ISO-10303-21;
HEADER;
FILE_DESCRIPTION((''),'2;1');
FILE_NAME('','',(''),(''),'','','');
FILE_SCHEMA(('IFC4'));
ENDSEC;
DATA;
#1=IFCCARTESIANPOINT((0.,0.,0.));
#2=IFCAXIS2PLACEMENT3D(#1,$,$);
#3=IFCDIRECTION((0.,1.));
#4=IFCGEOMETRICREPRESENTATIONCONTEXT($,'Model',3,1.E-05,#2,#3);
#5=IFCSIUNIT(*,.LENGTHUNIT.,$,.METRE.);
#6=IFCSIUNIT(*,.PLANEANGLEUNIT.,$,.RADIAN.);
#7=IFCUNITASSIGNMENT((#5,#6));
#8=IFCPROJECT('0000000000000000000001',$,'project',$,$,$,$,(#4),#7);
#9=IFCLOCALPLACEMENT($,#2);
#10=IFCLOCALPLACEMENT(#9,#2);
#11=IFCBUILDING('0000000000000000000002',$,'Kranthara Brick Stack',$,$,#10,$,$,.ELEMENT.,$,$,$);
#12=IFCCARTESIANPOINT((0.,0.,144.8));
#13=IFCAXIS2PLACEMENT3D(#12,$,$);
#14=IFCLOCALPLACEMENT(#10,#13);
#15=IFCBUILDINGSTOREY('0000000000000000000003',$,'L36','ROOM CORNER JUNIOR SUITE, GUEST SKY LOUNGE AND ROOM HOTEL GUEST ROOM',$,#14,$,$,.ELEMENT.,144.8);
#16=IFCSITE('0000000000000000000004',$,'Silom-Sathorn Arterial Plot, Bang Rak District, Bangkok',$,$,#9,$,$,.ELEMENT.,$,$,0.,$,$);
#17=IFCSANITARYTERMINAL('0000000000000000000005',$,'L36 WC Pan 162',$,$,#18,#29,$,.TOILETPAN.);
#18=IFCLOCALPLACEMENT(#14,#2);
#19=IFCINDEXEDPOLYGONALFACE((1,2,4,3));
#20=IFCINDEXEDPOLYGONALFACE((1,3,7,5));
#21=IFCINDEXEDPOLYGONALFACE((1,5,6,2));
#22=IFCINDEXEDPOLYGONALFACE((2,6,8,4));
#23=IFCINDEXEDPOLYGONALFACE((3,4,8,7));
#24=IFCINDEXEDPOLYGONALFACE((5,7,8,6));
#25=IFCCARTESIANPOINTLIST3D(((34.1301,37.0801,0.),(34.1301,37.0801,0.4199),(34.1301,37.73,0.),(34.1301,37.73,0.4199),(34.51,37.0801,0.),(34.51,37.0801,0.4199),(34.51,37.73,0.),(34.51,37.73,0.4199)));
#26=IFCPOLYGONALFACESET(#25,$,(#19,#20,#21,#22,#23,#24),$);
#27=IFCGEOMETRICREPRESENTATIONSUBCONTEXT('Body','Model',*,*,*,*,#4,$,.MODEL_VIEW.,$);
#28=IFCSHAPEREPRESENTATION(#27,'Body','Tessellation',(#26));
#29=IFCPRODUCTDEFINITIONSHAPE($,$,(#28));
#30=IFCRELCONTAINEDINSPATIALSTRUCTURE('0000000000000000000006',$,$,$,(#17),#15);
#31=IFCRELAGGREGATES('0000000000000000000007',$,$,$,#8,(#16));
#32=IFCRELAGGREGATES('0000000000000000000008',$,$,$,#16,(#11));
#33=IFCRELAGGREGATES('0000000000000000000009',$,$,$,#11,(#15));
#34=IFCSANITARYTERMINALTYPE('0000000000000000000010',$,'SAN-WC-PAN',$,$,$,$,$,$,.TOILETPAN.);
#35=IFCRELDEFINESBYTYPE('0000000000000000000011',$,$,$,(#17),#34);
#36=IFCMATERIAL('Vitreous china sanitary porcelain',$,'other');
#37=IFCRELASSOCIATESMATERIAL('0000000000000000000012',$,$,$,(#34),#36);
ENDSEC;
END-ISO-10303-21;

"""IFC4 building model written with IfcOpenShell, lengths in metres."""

from ifc_helpers import new_model, si_unit, direction, frame, origin, origin_2d, place, context, subcontext, project, spatial, rectangle, extrude, material, type_object, element, save


model = new_model("IFC4")

# Units and contexts
model_context = context("Model", 3, precision=1e-05, world=origin(), true_north=direction((0.0, 1.0)))
body_context = subcontext(model_context, "Body", "Model", "MODEL_VIEW")
ifc_project = project(units=[si_unit("LENGTHUNIT", "METRE"), si_unit("PLANEANGLEUNIT", "RADIAN")], contexts=[model_context])

# Site, building, storey
site_placement = place(None, origin())
site = spatial("IfcSite", under=ifc_project, at=site_placement, Name="Silom-Sathorn Arterial Plot, Bang Rak District, Bangkok", CompositionType="ELEMENT", RefElevation=0.0)
building_placement = place(site_placement, origin())
building = spatial("IfcBuilding", under=site, at=building_placement, Name="Kranthara Brick Stack", CompositionType="ELEMENT")
storey_placement = place(building_placement, frame((0.0, 0.0, 144.8)))
storey = spatial("IfcBuildingStorey", under=building, at=storey_placement, Name="L36", Description="ROOM CORNER JUNIOR SUITE, GUEST SKY LOUNGE AND ROOM HOTEL GUEST ROOM", CompositionType="ELEMENT", Elevation=144.8)

# Sanitary terminal
ifc_material_1 = material(Name="Vitreous china sanitary porcelain", Category="other")
sanitary_terminal_type_1 = type_object("IfcSanitaryTerminalType", Name="SAN-WC-PAN", PredefinedType="TOILETPAN", material=ifc_material_1)
for number, where, z_axis, x_axis, name in (
    (1, (34.3201, 37.405, 0.0), (0.0, 0.0, 1.0), (1.0, 0.0, 0.0), "L36 WC Pan 162"),
):
    element("IfcSanitaryTerminal", number, at=place(storey_placement, frame(where, z_axis=z_axis, x_axis=x_axis)), inside=storey, type_object=sanitary_terminal_type_1, Name=name, PredefinedType="TOILETPAN", context=body_context, shape_type="SweptSolid", body=[
        extrude(rectangle(XDim=0.3799, YDim=0.6499, at=origin_2d()), origin(), (0.0, 0.0, 1.0), 0.4199),
    ])

save(model, "model.ifc")
